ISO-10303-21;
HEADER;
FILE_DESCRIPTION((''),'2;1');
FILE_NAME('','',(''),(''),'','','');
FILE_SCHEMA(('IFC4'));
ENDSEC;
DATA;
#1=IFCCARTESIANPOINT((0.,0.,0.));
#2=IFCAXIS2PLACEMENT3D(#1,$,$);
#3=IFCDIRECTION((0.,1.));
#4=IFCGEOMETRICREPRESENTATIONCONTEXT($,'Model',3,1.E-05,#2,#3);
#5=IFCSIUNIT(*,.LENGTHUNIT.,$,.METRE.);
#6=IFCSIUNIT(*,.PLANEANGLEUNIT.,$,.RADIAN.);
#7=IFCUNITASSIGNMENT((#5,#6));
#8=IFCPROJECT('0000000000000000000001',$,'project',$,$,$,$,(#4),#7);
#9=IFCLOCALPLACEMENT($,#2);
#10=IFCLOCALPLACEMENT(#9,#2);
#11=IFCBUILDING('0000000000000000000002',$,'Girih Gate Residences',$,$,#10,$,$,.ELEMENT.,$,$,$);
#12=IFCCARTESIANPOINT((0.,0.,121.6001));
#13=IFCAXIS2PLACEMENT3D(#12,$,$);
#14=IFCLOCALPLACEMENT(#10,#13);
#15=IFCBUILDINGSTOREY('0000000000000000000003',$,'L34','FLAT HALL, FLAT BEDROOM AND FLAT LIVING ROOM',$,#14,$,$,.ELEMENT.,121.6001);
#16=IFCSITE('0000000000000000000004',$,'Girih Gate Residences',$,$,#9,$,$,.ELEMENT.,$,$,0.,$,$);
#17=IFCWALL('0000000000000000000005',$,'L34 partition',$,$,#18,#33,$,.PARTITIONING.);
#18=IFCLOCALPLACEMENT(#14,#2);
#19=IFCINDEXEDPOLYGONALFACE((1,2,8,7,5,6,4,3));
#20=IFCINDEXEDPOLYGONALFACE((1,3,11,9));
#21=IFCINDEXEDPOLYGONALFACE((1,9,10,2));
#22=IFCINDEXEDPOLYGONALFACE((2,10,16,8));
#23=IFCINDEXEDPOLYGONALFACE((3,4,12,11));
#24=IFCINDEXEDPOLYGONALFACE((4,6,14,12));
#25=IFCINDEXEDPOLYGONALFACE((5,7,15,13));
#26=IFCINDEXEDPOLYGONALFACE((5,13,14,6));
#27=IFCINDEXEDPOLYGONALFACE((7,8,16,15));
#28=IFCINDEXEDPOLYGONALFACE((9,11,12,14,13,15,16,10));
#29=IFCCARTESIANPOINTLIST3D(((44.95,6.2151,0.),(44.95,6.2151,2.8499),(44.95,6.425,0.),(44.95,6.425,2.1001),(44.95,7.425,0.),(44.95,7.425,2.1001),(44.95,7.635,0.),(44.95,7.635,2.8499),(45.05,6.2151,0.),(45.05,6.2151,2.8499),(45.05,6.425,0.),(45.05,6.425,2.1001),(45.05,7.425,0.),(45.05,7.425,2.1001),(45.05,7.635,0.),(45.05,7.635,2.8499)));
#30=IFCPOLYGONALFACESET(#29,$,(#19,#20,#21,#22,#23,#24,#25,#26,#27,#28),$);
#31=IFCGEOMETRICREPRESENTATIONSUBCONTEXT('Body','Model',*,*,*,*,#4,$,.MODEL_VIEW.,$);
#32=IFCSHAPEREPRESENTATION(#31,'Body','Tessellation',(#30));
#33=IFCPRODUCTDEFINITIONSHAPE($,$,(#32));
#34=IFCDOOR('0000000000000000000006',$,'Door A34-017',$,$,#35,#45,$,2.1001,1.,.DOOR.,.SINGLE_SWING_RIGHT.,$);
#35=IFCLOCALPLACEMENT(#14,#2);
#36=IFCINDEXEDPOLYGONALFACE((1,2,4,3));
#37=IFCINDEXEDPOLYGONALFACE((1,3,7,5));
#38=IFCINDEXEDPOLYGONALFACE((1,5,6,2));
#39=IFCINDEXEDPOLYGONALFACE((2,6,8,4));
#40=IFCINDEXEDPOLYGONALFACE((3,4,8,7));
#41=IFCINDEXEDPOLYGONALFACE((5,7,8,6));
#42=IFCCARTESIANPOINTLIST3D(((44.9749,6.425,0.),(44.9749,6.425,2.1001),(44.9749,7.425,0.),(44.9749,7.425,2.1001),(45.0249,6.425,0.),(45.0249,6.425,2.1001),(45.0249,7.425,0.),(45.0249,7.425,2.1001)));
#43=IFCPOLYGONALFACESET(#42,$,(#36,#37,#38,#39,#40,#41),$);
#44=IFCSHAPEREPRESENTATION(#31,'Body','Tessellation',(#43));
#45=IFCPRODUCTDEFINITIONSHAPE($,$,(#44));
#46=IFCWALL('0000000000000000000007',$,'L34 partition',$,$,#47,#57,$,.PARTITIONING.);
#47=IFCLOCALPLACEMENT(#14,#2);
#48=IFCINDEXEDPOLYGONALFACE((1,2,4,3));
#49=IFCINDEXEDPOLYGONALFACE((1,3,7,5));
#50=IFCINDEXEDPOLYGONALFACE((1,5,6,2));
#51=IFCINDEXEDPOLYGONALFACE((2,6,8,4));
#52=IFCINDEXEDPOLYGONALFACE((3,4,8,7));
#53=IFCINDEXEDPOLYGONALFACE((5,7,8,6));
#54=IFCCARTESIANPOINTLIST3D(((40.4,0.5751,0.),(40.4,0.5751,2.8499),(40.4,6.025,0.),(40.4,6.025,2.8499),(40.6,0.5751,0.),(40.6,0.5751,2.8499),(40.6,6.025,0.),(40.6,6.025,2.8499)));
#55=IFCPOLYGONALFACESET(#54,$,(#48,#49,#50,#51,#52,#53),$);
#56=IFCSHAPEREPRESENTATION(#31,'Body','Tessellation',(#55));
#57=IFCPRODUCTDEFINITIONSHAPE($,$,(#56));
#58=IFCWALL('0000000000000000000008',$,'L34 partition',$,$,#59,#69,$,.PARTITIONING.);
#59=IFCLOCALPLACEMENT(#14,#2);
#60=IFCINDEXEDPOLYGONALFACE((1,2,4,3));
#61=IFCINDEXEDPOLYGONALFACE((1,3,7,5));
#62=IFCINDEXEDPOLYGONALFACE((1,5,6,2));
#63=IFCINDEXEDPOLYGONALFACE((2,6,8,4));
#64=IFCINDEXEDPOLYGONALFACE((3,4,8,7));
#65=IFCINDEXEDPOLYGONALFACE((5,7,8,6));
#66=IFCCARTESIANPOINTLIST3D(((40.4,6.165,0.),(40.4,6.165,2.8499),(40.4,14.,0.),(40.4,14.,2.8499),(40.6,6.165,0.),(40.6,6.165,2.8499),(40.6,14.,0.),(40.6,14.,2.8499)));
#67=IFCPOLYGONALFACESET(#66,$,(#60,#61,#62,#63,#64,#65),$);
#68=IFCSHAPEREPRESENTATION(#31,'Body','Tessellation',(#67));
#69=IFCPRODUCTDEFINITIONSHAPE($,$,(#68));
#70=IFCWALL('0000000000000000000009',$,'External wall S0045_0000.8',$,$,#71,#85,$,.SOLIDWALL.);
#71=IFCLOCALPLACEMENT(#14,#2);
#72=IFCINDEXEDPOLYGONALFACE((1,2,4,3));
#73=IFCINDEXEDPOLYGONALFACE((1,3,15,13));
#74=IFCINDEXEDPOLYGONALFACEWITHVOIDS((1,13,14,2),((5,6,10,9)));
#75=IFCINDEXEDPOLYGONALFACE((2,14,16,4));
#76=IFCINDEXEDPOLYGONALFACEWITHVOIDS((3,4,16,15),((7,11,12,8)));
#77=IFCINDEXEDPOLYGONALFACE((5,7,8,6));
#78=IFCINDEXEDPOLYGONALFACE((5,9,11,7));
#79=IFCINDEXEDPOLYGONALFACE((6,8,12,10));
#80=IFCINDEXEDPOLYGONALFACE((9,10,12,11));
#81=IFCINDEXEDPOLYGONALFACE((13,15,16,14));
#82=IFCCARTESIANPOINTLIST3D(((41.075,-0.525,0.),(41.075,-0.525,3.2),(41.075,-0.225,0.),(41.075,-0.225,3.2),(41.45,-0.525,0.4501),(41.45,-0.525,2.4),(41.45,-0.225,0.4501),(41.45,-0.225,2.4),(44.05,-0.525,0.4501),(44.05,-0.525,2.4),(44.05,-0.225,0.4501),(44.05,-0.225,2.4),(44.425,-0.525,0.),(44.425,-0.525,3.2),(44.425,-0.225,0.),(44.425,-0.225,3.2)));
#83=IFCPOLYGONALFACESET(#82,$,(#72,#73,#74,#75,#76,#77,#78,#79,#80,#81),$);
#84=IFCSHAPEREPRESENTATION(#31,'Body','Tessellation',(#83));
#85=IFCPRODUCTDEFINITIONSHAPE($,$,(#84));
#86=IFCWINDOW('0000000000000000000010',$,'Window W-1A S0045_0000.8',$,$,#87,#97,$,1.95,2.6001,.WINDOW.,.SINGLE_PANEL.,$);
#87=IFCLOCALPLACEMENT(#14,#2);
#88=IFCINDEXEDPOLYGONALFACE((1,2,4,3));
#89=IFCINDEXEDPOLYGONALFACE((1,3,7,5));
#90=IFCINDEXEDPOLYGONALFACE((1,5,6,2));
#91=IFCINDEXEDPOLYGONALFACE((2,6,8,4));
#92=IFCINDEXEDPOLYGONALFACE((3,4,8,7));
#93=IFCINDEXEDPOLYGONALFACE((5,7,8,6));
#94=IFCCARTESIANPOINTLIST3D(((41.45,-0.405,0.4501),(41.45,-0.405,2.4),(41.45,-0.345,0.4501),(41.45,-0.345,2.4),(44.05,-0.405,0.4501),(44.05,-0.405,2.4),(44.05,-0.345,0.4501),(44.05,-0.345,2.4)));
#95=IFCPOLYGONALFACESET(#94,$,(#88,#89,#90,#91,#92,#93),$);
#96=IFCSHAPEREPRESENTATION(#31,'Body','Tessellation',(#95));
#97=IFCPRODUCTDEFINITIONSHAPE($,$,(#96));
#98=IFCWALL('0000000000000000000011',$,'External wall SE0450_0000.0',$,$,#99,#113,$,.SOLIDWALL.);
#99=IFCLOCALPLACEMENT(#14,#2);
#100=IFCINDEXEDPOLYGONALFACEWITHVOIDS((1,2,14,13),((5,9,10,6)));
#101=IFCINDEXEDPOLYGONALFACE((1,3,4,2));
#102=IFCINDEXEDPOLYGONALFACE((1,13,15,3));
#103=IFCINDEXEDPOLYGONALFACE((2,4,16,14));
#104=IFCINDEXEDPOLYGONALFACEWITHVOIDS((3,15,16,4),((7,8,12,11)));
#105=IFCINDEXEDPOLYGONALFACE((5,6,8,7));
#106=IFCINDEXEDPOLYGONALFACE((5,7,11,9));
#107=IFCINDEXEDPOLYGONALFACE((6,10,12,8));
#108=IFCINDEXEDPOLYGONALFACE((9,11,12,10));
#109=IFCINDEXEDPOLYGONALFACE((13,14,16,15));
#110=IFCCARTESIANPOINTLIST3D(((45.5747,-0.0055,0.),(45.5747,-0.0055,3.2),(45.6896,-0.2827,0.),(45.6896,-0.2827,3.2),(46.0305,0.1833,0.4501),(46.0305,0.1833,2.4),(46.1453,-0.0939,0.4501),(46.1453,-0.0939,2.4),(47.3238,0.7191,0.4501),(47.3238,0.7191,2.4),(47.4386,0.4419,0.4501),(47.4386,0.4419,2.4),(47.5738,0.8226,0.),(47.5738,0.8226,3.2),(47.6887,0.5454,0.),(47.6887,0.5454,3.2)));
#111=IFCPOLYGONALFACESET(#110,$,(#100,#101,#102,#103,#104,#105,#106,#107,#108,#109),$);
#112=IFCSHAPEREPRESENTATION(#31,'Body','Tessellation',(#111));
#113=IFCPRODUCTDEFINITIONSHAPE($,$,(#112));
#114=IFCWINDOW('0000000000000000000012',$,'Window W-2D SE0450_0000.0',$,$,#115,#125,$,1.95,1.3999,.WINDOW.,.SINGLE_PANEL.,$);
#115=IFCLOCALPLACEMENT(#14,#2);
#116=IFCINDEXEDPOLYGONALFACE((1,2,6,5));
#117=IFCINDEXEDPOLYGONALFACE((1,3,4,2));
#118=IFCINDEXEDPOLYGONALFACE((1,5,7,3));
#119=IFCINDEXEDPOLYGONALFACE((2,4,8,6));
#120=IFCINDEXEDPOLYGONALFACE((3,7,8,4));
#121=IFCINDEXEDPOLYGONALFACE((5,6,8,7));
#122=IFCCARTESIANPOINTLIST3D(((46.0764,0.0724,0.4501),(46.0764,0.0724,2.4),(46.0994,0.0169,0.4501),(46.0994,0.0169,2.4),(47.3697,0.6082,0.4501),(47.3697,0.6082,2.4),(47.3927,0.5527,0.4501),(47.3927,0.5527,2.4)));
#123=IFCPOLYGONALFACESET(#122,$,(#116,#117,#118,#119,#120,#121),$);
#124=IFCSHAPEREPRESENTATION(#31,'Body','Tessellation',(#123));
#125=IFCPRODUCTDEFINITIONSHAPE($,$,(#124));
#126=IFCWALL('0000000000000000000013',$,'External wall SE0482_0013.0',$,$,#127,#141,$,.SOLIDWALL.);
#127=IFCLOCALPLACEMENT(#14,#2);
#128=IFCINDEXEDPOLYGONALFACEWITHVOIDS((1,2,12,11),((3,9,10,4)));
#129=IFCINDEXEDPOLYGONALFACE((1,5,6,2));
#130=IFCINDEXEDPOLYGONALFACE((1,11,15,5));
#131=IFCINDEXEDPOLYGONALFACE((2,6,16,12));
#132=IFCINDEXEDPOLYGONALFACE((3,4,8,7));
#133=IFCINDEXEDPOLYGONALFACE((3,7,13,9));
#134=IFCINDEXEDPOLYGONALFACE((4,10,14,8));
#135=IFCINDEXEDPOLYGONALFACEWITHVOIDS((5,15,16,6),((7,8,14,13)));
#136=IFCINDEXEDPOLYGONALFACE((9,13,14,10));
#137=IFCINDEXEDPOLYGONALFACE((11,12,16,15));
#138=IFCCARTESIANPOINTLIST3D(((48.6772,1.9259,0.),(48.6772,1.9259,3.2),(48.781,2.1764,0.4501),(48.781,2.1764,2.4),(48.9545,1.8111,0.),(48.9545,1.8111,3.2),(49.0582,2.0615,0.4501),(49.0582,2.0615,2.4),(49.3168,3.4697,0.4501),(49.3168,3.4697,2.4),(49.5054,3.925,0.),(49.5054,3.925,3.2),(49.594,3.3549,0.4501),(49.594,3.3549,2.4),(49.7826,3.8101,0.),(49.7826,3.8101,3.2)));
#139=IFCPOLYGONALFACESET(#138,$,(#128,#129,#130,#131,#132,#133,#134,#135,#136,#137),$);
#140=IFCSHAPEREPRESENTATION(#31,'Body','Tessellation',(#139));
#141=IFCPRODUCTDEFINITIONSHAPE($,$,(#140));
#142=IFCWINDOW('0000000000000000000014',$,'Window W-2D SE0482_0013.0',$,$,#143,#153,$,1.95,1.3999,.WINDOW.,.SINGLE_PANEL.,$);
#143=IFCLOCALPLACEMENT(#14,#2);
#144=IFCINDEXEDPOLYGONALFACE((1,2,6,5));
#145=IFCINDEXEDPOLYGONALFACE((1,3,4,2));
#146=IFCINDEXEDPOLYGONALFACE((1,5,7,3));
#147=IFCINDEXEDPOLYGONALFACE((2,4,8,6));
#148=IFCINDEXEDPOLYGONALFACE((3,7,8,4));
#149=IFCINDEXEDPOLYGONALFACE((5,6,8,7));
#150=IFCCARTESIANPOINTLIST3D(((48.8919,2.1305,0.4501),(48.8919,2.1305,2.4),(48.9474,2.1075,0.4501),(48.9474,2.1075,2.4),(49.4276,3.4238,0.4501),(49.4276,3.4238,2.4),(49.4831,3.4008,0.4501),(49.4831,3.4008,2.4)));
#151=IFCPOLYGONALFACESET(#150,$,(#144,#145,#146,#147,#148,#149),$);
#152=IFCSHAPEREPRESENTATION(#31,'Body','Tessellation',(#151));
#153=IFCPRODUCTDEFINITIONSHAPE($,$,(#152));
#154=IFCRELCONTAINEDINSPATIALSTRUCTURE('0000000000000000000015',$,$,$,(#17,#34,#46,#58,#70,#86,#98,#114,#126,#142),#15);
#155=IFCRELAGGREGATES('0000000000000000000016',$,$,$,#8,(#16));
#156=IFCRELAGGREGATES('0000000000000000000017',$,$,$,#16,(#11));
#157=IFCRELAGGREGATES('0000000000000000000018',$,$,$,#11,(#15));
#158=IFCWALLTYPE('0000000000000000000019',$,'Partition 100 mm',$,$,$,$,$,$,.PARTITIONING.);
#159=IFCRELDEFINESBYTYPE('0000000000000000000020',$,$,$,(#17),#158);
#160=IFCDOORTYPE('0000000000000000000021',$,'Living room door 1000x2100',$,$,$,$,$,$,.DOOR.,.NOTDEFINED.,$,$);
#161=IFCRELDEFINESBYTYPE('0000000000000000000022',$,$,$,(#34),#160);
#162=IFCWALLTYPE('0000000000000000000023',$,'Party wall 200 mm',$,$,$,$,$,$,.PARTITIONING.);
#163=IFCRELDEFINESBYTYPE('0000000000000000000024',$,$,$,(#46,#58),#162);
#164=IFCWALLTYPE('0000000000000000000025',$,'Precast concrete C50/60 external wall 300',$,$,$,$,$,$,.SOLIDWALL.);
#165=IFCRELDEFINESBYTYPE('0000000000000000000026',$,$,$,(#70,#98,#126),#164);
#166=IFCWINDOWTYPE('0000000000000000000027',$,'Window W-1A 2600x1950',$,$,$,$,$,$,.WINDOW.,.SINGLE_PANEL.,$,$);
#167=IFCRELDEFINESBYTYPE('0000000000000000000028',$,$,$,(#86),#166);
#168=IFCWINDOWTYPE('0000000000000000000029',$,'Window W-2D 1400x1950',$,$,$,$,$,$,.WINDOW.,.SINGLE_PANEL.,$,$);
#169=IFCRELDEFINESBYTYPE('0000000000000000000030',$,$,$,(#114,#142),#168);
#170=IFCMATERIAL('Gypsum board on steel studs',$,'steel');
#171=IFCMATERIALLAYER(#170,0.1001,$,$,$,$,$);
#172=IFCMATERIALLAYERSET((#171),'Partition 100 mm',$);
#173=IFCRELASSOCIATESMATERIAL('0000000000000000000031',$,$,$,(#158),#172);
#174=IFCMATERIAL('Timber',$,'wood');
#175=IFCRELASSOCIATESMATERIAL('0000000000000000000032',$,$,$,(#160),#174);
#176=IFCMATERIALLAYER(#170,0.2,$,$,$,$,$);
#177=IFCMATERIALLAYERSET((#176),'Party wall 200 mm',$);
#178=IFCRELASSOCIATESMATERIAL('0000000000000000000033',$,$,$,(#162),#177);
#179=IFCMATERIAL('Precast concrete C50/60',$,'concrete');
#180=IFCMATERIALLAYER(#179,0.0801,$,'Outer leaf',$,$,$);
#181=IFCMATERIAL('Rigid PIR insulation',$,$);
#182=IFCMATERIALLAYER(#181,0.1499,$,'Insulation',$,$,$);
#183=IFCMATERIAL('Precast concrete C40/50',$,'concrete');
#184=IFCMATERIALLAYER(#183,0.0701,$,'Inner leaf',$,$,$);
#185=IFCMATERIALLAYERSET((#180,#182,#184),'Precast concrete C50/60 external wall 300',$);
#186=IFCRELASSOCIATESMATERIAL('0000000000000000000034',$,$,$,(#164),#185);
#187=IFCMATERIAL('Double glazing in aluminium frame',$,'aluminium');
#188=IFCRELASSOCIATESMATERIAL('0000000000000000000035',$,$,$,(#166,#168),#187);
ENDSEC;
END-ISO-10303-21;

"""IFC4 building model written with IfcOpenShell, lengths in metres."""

from ifc_helpers import new_model, si_unit, direction, frame, frame_2d, origin, place, context, subcontext, project, spatial, rectangle, extrude, material, layer, layer_set, type_object, element, fill, save


model = new_model("IFC4")

# Units and contexts
model_context = context("Model", 3, precision=1e-05, world=origin(), true_north=direction((0.0, 1.0)))
body_context = subcontext(model_context, "Body", "Model", "MODEL_VIEW")
ifc_project = project(units=[si_unit("LENGTHUNIT", "METRE"), si_unit("PLANEANGLEUNIT", "RADIAN")], contexts=[model_context])

# Site, building, storey
site_placement = place(None, origin())
site = spatial("IfcSite", under=ifc_project, at=site_placement, Name="Girih Gate Residences", CompositionType="ELEMENT", RefElevation=0.0)
building_placement = place(site_placement, origin())
building = spatial("IfcBuilding", under=site, at=building_placement, Name="Girih Gate Residences", CompositionType="ELEMENT")
storey_placement = place(building_placement, frame((0.0, 0.0, 121.6001)))
storey = spatial("IfcBuildingStorey", under=building, at=storey_placement, Name="L34", Description="FLAT HALL, FLAT BEDROOM AND FLAT LIVING ROOM", CompositionType="ELEMENT", Elevation=121.6001)

# Shared definitions
ifc_material_1 = material(Name="Gypsum board on steel studs", Category="steel")
ifc_layer_1 = layer(ifc_material_1, 0.1001)
ifc_layer_set_1 = layer_set([ifc_layer_1], Name="Partition 100 mm")
wall_type_1 = type_object("IfcWallType", Name="Partition 100 mm", PredefinedType="PARTITIONING", material=ifc_layer_set_1)
ifc_material_2 = material(Name="Timber", Category="wood")

# Wall, opening, door
wall_1_placement = place(storey_placement, frame((45.0, 7.635, 0.0), z_axis=(0.0, 0.0, 1.0), x_axis=(0.0, -1.0, 0.0)))
wall_1 = element("IfcWall", 1, at=wall_1_placement, inside=storey, type_object=wall_type_1, Name="L34 partition", PredefinedType="PARTITIONING", context=body_context, shape_type="SweptSolid", body=[
    extrude(rectangle(XDim=1.4199, YDim=0.1001, at=frame_2d((0.71, 0.0))), origin(), (0.0, 0.0, 1.0), 2.8499),
])
opening_1_placement = place(wall_1_placement, frame((0.21, 0.0, 0.0)))
opening_1 = element("IfcOpeningElement", 2, at=opening_1_placement, cuts=wall_1, PredefinedType="OPENING", context=body_context, shape_type="SweptSolid", body=[
    extrude(rectangle(XDim=1.0, YDim=2.1001, at=frame_2d((0.5, 1.05))), frame((0.0, 0.0601, 0.0), z_axis=(0.0, -1.0, 0.0), x_axis=(1.0, 0.0, 0.0)), (0.0, 0.0, 1.0), 0.1201),
])
door_type_1 = type_object("IfcDoorType", Name="Living room door 1000x2100", OperationType="NOTDEFINED", PredefinedType="DOOR", material=ifc_material_2)
door_1_placement = place(opening_1_placement, origin())
door_1 = element("IfcDoor", 3, at=door_1_placement, inside=storey, type_object=door_type_1, Name="Door A34-017", OperationType="SINGLE_SWING_RIGHT", OverallHeight=2.1001, OverallWidth=1.0, PredefinedType="DOOR", context=body_context, shape_type="SweptSolid", body=[
    extrude(rectangle(XDim=1.0, YDim=2.1001, at=frame_2d((0.5, 1.05))), frame((0.0, 0.0249, 0.0), z_axis=(0.0, -1.0, 0.0), x_axis=(1.0, 0.0, 0.0)), (0.0, 0.0, 1.0), 0.05),
])
fill(opening_1, door_1)

# Walls
ifc_layer_2 = layer(ifc_material_1, 0.2)
ifc_layer_set_2 = layer_set([ifc_layer_2], Name="Party wall 200 mm")
wall_type_2 = type_object("IfcWallType", Name="Party wall 200 mm", PredefinedType="PARTITIONING", material=ifc_layer_set_2)
wall_2_placement = place(storey_placement, frame((40.5, 0.575, 0.0), z_axis=(0.0, 0.0, 1.0), x_axis=(0.0, 1.0, 0.0)))
element("IfcWall", 4, at=wall_2_placement, inside=storey, type_object=wall_type_2, Name="L34 partition", PredefinedType="PARTITIONING", context=body_context, shape_type="SweptSolid", body=[
    extrude(rectangle(XDim=5.45, YDim=0.2, at=frame_2d((2.7251, 0.0))), origin(), (0.0, 0.0, 1.0), 2.8499),
])
wall_3_placement = place(storey_placement, frame((40.5, 6.165, 0.0), z_axis=(0.0, 0.0, 1.0), x_axis=(0.0, 1.0, 0.0)))
element("IfcWall", 5, at=wall_3_placement, inside=storey, type_object=wall_type_2, Name="L34 partition", PredefinedType="PARTITIONING", context=body_context, shape_type="SweptSolid", body=[
    extrude(rectangle(XDim=7.835, YDim=0.2, at=frame_2d((3.9175, 0.0))), origin(), (0.0, 0.0, 1.0), 2.8499),
])

# Walls, openings, windows
ifc_material_3 = material(Name="Precast concrete C50/60", Category="concrete")
ifc_layer_3 = layer(ifc_material_3, 0.0801, Name="Outer leaf")
ifc_material_4 = material(Name="Rigid PIR insulation")
ifc_layer_4 = layer(ifc_material_4, 0.1499, Name="Insulation")
ifc_material_5 = material(Name="Precast concrete C40/50", Category="concrete")
ifc_layer_5 = layer(ifc_material_5, 0.0701, Name="Inner leaf")
ifc_layer_set_3 = layer_set([ifc_layer_3, ifc_layer_4, ifc_layer_5], Name="Precast concrete C50/60 external wall 300")
wall_type_3 = type_object("IfcWallType", Name="Precast concrete C50/60 external wall 300", PredefinedType="SOLIDWALL", material=ifc_layer_set_3)
wall_4_placement = place(storey_placement, frame((44.425, -0.375, 0.0), z_axis=(0.0, 0.0, 1.0), x_axis=(-1.0, 0.0, 0.0)))
wall_4 = element("IfcWall", 6, at=wall_4_placement, inside=storey, type_object=wall_type_3, Name="External wall S0045_0000.8", PredefinedType="SOLIDWALL", context=body_context, shape_type="SweptSolid", body=[
    extrude(rectangle(XDim=3.3501, YDim=0.3, at=frame_2d((1.675, 0.0))), origin(), (0.0, 0.0, 1.0), 3.2),
])
opening_2_placement = place(wall_4_placement, frame((0.375, 0.0, 0.45)))
opening_2 = element("IfcOpeningElement", 7, at=opening_2_placement, cuts=wall_4, PredefinedType="OPENING", context=body_context, shape_type="SweptSolid", body=[
    extrude(rectangle(XDim=2.6001, YDim=1.95, at=frame_2d((1.3, 0.9751))), frame((0.0, 0.1599, 0.0), z_axis=(0.0, -1.0, 0.0), x_axis=(1.0, 0.0, 0.0)), (0.0, 0.0, 1.0), 0.3201),
])
ifc_material_6 = material(Name="Double glazing in aluminium frame", Category="aluminium")
window_type_1 = type_object("IfcWindowType", Name="Window W-1A 2600x1950", PartitioningType="SINGLE_PANEL", PredefinedType="WINDOW", material=ifc_material_6)
window_1_placement = place(opening_2_placement, origin())
window_1 = element("IfcWindow", 8, at=window_1_placement, inside=storey, type_object=window_type_1, Name="Window W-1A S0045_0000.8", OverallHeight=1.95, OverallWidth=2.6001, PartitioningType="SINGLE_PANEL", PredefinedType="WINDOW", context=body_context, shape_type="SweptSolid", body=[
    extrude(rectangle(XDim=2.6001, YDim=1.95, at=frame_2d((1.3, 0.9751))), frame((0.0, 0.03, 0.0), z_axis=(0.0, -1.0, 0.0), x_axis=(1.0, 0.0, 0.0)), (0.0, 0.0, 1.0), 0.0601),
])
fill(opening_2, window_1)
wall_5_placement = place(storey_placement, frame((47.6313, 0.6841, 0.0), z_axis=(0.0, 0.0, 1.0), x_axis=(-0.923863, -0.382724, 0.0)))
wall_5 = element("IfcWall", 9, at=wall_5_placement, inside=storey, type_object=wall_type_3, Name="External wall SE0450_0000.0", PredefinedType="SOLIDWALL", context=body_context, shape_type="SweptSolid", body=[
    extrude(rectangle(XDim=2.1638, YDim=0.3, at=frame_2d((1.082, 0.0))), origin(), (0.0, 0.0, 1.0), 3.2),
])
opening_3_placement = place(wall_5_placement, frame((0.2708, 0.0, 0.45)))
opening_3 = element("IfcOpeningElement", 10, at=opening_3_placement, cuts=wall_5, PredefinedType="OPENING", context=body_context, shape_type="SweptSolid", body=[
    extrude(rectangle(XDim=1.3999, YDim=1.95, at=frame_2d((0.7, 0.9751))), frame((0.0, 0.1599, 0.0), z_axis=(0.0, -1.0, 0.0), x_axis=(1.0, 0.0, 0.0)), (0.0, 0.0, 1.0), 0.3201),
])
window_type_2 = type_object("IfcWindowType", Name="Window W-2D 1400x1950", PartitioningType="SINGLE_PANEL", PredefinedType="WINDOW", material=ifc_material_6)
window_2_placement = place(opening_3_placement, origin())
window_2 = element("IfcWindow", 11, at=window_2_placement, inside=storey, type_object=window_type_2, Name="Window W-2D SE0450_0000.0", OverallHeight=1.95, OverallWidth=1.3999, PartitioningType="SINGLE_PANEL", PredefinedType="WINDOW", context=body_context, shape_type="SweptSolid", body=[
    extrude(rectangle(XDim=1.3999, YDim=1.95, at=frame_2d((0.7, 0.9751))), frame((0.0, 0.03, 0.0), z_axis=(0.0, -1.0, 0.0), x_axis=(1.0, 0.0, 0.0)), (0.0, 0.0, 1.0), 0.0601),
])
fill(opening_3, window_2)
wall_6_placement = place(storey_placement, frame((49.644, 3.8677, 0.0), z_axis=(0.0, 0.0, 1.0), x_axis=(-0.382724, -0.923863, 0.0)))
wall_6 = element("IfcWall", 12, at=wall_6_placement, inside=storey, type_object=wall_type_3, Name="External wall SE0482_0013.0", PredefinedType="SOLIDWALL", context=body_context, shape_type="SweptSolid", body=[
    extrude(rectangle(XDim=2.1638, YDim=0.3, at=frame_2d((1.082, 0.0))), origin(), (0.0, 0.0, 1.0), 3.2),
])
opening_4_placement = place(wall_6_placement, frame((0.4929, 0.0, 0.45)))
opening_4 = element("IfcOpeningElement", 13, at=opening_4_placement, cuts=wall_6, PredefinedType="OPENING", context=body_context, shape_type="SweptSolid", body=[
    extrude(rectangle(XDim=1.3999, YDim=1.95, at=frame_2d((0.7, 0.9751))), frame((0.0, 0.1599, 0.0), z_axis=(0.0, -1.0, 0.0), x_axis=(1.0, 0.0, 0.0)), (0.0, 0.0, 1.0), 0.3201),
])
window_3_placement = place(opening_4_placement, origin())
window_3 = element("IfcWindow", 14, at=window_3_placement, inside=storey, type_object=window_type_2, Name="Window W-2D SE0482_0013.0", OverallHeight=1.95, OverallWidth=1.3999, PartitioningType="SINGLE_PANEL", PredefinedType="WINDOW", context=body_context, shape_type="SweptSolid", body=[
    extrude(rectangle(XDim=1.3999, YDim=1.95, at=frame_2d((0.7, 0.9751))), frame((0.0, 0.03, 0.0), z_axis=(0.0, -1.0, 0.0), x_axis=(1.0, 0.0, 0.0)), (0.0, 0.0, 1.0), 0.0601),
])
fill(opening_4, window_3)

save(model, "model.ifc")
